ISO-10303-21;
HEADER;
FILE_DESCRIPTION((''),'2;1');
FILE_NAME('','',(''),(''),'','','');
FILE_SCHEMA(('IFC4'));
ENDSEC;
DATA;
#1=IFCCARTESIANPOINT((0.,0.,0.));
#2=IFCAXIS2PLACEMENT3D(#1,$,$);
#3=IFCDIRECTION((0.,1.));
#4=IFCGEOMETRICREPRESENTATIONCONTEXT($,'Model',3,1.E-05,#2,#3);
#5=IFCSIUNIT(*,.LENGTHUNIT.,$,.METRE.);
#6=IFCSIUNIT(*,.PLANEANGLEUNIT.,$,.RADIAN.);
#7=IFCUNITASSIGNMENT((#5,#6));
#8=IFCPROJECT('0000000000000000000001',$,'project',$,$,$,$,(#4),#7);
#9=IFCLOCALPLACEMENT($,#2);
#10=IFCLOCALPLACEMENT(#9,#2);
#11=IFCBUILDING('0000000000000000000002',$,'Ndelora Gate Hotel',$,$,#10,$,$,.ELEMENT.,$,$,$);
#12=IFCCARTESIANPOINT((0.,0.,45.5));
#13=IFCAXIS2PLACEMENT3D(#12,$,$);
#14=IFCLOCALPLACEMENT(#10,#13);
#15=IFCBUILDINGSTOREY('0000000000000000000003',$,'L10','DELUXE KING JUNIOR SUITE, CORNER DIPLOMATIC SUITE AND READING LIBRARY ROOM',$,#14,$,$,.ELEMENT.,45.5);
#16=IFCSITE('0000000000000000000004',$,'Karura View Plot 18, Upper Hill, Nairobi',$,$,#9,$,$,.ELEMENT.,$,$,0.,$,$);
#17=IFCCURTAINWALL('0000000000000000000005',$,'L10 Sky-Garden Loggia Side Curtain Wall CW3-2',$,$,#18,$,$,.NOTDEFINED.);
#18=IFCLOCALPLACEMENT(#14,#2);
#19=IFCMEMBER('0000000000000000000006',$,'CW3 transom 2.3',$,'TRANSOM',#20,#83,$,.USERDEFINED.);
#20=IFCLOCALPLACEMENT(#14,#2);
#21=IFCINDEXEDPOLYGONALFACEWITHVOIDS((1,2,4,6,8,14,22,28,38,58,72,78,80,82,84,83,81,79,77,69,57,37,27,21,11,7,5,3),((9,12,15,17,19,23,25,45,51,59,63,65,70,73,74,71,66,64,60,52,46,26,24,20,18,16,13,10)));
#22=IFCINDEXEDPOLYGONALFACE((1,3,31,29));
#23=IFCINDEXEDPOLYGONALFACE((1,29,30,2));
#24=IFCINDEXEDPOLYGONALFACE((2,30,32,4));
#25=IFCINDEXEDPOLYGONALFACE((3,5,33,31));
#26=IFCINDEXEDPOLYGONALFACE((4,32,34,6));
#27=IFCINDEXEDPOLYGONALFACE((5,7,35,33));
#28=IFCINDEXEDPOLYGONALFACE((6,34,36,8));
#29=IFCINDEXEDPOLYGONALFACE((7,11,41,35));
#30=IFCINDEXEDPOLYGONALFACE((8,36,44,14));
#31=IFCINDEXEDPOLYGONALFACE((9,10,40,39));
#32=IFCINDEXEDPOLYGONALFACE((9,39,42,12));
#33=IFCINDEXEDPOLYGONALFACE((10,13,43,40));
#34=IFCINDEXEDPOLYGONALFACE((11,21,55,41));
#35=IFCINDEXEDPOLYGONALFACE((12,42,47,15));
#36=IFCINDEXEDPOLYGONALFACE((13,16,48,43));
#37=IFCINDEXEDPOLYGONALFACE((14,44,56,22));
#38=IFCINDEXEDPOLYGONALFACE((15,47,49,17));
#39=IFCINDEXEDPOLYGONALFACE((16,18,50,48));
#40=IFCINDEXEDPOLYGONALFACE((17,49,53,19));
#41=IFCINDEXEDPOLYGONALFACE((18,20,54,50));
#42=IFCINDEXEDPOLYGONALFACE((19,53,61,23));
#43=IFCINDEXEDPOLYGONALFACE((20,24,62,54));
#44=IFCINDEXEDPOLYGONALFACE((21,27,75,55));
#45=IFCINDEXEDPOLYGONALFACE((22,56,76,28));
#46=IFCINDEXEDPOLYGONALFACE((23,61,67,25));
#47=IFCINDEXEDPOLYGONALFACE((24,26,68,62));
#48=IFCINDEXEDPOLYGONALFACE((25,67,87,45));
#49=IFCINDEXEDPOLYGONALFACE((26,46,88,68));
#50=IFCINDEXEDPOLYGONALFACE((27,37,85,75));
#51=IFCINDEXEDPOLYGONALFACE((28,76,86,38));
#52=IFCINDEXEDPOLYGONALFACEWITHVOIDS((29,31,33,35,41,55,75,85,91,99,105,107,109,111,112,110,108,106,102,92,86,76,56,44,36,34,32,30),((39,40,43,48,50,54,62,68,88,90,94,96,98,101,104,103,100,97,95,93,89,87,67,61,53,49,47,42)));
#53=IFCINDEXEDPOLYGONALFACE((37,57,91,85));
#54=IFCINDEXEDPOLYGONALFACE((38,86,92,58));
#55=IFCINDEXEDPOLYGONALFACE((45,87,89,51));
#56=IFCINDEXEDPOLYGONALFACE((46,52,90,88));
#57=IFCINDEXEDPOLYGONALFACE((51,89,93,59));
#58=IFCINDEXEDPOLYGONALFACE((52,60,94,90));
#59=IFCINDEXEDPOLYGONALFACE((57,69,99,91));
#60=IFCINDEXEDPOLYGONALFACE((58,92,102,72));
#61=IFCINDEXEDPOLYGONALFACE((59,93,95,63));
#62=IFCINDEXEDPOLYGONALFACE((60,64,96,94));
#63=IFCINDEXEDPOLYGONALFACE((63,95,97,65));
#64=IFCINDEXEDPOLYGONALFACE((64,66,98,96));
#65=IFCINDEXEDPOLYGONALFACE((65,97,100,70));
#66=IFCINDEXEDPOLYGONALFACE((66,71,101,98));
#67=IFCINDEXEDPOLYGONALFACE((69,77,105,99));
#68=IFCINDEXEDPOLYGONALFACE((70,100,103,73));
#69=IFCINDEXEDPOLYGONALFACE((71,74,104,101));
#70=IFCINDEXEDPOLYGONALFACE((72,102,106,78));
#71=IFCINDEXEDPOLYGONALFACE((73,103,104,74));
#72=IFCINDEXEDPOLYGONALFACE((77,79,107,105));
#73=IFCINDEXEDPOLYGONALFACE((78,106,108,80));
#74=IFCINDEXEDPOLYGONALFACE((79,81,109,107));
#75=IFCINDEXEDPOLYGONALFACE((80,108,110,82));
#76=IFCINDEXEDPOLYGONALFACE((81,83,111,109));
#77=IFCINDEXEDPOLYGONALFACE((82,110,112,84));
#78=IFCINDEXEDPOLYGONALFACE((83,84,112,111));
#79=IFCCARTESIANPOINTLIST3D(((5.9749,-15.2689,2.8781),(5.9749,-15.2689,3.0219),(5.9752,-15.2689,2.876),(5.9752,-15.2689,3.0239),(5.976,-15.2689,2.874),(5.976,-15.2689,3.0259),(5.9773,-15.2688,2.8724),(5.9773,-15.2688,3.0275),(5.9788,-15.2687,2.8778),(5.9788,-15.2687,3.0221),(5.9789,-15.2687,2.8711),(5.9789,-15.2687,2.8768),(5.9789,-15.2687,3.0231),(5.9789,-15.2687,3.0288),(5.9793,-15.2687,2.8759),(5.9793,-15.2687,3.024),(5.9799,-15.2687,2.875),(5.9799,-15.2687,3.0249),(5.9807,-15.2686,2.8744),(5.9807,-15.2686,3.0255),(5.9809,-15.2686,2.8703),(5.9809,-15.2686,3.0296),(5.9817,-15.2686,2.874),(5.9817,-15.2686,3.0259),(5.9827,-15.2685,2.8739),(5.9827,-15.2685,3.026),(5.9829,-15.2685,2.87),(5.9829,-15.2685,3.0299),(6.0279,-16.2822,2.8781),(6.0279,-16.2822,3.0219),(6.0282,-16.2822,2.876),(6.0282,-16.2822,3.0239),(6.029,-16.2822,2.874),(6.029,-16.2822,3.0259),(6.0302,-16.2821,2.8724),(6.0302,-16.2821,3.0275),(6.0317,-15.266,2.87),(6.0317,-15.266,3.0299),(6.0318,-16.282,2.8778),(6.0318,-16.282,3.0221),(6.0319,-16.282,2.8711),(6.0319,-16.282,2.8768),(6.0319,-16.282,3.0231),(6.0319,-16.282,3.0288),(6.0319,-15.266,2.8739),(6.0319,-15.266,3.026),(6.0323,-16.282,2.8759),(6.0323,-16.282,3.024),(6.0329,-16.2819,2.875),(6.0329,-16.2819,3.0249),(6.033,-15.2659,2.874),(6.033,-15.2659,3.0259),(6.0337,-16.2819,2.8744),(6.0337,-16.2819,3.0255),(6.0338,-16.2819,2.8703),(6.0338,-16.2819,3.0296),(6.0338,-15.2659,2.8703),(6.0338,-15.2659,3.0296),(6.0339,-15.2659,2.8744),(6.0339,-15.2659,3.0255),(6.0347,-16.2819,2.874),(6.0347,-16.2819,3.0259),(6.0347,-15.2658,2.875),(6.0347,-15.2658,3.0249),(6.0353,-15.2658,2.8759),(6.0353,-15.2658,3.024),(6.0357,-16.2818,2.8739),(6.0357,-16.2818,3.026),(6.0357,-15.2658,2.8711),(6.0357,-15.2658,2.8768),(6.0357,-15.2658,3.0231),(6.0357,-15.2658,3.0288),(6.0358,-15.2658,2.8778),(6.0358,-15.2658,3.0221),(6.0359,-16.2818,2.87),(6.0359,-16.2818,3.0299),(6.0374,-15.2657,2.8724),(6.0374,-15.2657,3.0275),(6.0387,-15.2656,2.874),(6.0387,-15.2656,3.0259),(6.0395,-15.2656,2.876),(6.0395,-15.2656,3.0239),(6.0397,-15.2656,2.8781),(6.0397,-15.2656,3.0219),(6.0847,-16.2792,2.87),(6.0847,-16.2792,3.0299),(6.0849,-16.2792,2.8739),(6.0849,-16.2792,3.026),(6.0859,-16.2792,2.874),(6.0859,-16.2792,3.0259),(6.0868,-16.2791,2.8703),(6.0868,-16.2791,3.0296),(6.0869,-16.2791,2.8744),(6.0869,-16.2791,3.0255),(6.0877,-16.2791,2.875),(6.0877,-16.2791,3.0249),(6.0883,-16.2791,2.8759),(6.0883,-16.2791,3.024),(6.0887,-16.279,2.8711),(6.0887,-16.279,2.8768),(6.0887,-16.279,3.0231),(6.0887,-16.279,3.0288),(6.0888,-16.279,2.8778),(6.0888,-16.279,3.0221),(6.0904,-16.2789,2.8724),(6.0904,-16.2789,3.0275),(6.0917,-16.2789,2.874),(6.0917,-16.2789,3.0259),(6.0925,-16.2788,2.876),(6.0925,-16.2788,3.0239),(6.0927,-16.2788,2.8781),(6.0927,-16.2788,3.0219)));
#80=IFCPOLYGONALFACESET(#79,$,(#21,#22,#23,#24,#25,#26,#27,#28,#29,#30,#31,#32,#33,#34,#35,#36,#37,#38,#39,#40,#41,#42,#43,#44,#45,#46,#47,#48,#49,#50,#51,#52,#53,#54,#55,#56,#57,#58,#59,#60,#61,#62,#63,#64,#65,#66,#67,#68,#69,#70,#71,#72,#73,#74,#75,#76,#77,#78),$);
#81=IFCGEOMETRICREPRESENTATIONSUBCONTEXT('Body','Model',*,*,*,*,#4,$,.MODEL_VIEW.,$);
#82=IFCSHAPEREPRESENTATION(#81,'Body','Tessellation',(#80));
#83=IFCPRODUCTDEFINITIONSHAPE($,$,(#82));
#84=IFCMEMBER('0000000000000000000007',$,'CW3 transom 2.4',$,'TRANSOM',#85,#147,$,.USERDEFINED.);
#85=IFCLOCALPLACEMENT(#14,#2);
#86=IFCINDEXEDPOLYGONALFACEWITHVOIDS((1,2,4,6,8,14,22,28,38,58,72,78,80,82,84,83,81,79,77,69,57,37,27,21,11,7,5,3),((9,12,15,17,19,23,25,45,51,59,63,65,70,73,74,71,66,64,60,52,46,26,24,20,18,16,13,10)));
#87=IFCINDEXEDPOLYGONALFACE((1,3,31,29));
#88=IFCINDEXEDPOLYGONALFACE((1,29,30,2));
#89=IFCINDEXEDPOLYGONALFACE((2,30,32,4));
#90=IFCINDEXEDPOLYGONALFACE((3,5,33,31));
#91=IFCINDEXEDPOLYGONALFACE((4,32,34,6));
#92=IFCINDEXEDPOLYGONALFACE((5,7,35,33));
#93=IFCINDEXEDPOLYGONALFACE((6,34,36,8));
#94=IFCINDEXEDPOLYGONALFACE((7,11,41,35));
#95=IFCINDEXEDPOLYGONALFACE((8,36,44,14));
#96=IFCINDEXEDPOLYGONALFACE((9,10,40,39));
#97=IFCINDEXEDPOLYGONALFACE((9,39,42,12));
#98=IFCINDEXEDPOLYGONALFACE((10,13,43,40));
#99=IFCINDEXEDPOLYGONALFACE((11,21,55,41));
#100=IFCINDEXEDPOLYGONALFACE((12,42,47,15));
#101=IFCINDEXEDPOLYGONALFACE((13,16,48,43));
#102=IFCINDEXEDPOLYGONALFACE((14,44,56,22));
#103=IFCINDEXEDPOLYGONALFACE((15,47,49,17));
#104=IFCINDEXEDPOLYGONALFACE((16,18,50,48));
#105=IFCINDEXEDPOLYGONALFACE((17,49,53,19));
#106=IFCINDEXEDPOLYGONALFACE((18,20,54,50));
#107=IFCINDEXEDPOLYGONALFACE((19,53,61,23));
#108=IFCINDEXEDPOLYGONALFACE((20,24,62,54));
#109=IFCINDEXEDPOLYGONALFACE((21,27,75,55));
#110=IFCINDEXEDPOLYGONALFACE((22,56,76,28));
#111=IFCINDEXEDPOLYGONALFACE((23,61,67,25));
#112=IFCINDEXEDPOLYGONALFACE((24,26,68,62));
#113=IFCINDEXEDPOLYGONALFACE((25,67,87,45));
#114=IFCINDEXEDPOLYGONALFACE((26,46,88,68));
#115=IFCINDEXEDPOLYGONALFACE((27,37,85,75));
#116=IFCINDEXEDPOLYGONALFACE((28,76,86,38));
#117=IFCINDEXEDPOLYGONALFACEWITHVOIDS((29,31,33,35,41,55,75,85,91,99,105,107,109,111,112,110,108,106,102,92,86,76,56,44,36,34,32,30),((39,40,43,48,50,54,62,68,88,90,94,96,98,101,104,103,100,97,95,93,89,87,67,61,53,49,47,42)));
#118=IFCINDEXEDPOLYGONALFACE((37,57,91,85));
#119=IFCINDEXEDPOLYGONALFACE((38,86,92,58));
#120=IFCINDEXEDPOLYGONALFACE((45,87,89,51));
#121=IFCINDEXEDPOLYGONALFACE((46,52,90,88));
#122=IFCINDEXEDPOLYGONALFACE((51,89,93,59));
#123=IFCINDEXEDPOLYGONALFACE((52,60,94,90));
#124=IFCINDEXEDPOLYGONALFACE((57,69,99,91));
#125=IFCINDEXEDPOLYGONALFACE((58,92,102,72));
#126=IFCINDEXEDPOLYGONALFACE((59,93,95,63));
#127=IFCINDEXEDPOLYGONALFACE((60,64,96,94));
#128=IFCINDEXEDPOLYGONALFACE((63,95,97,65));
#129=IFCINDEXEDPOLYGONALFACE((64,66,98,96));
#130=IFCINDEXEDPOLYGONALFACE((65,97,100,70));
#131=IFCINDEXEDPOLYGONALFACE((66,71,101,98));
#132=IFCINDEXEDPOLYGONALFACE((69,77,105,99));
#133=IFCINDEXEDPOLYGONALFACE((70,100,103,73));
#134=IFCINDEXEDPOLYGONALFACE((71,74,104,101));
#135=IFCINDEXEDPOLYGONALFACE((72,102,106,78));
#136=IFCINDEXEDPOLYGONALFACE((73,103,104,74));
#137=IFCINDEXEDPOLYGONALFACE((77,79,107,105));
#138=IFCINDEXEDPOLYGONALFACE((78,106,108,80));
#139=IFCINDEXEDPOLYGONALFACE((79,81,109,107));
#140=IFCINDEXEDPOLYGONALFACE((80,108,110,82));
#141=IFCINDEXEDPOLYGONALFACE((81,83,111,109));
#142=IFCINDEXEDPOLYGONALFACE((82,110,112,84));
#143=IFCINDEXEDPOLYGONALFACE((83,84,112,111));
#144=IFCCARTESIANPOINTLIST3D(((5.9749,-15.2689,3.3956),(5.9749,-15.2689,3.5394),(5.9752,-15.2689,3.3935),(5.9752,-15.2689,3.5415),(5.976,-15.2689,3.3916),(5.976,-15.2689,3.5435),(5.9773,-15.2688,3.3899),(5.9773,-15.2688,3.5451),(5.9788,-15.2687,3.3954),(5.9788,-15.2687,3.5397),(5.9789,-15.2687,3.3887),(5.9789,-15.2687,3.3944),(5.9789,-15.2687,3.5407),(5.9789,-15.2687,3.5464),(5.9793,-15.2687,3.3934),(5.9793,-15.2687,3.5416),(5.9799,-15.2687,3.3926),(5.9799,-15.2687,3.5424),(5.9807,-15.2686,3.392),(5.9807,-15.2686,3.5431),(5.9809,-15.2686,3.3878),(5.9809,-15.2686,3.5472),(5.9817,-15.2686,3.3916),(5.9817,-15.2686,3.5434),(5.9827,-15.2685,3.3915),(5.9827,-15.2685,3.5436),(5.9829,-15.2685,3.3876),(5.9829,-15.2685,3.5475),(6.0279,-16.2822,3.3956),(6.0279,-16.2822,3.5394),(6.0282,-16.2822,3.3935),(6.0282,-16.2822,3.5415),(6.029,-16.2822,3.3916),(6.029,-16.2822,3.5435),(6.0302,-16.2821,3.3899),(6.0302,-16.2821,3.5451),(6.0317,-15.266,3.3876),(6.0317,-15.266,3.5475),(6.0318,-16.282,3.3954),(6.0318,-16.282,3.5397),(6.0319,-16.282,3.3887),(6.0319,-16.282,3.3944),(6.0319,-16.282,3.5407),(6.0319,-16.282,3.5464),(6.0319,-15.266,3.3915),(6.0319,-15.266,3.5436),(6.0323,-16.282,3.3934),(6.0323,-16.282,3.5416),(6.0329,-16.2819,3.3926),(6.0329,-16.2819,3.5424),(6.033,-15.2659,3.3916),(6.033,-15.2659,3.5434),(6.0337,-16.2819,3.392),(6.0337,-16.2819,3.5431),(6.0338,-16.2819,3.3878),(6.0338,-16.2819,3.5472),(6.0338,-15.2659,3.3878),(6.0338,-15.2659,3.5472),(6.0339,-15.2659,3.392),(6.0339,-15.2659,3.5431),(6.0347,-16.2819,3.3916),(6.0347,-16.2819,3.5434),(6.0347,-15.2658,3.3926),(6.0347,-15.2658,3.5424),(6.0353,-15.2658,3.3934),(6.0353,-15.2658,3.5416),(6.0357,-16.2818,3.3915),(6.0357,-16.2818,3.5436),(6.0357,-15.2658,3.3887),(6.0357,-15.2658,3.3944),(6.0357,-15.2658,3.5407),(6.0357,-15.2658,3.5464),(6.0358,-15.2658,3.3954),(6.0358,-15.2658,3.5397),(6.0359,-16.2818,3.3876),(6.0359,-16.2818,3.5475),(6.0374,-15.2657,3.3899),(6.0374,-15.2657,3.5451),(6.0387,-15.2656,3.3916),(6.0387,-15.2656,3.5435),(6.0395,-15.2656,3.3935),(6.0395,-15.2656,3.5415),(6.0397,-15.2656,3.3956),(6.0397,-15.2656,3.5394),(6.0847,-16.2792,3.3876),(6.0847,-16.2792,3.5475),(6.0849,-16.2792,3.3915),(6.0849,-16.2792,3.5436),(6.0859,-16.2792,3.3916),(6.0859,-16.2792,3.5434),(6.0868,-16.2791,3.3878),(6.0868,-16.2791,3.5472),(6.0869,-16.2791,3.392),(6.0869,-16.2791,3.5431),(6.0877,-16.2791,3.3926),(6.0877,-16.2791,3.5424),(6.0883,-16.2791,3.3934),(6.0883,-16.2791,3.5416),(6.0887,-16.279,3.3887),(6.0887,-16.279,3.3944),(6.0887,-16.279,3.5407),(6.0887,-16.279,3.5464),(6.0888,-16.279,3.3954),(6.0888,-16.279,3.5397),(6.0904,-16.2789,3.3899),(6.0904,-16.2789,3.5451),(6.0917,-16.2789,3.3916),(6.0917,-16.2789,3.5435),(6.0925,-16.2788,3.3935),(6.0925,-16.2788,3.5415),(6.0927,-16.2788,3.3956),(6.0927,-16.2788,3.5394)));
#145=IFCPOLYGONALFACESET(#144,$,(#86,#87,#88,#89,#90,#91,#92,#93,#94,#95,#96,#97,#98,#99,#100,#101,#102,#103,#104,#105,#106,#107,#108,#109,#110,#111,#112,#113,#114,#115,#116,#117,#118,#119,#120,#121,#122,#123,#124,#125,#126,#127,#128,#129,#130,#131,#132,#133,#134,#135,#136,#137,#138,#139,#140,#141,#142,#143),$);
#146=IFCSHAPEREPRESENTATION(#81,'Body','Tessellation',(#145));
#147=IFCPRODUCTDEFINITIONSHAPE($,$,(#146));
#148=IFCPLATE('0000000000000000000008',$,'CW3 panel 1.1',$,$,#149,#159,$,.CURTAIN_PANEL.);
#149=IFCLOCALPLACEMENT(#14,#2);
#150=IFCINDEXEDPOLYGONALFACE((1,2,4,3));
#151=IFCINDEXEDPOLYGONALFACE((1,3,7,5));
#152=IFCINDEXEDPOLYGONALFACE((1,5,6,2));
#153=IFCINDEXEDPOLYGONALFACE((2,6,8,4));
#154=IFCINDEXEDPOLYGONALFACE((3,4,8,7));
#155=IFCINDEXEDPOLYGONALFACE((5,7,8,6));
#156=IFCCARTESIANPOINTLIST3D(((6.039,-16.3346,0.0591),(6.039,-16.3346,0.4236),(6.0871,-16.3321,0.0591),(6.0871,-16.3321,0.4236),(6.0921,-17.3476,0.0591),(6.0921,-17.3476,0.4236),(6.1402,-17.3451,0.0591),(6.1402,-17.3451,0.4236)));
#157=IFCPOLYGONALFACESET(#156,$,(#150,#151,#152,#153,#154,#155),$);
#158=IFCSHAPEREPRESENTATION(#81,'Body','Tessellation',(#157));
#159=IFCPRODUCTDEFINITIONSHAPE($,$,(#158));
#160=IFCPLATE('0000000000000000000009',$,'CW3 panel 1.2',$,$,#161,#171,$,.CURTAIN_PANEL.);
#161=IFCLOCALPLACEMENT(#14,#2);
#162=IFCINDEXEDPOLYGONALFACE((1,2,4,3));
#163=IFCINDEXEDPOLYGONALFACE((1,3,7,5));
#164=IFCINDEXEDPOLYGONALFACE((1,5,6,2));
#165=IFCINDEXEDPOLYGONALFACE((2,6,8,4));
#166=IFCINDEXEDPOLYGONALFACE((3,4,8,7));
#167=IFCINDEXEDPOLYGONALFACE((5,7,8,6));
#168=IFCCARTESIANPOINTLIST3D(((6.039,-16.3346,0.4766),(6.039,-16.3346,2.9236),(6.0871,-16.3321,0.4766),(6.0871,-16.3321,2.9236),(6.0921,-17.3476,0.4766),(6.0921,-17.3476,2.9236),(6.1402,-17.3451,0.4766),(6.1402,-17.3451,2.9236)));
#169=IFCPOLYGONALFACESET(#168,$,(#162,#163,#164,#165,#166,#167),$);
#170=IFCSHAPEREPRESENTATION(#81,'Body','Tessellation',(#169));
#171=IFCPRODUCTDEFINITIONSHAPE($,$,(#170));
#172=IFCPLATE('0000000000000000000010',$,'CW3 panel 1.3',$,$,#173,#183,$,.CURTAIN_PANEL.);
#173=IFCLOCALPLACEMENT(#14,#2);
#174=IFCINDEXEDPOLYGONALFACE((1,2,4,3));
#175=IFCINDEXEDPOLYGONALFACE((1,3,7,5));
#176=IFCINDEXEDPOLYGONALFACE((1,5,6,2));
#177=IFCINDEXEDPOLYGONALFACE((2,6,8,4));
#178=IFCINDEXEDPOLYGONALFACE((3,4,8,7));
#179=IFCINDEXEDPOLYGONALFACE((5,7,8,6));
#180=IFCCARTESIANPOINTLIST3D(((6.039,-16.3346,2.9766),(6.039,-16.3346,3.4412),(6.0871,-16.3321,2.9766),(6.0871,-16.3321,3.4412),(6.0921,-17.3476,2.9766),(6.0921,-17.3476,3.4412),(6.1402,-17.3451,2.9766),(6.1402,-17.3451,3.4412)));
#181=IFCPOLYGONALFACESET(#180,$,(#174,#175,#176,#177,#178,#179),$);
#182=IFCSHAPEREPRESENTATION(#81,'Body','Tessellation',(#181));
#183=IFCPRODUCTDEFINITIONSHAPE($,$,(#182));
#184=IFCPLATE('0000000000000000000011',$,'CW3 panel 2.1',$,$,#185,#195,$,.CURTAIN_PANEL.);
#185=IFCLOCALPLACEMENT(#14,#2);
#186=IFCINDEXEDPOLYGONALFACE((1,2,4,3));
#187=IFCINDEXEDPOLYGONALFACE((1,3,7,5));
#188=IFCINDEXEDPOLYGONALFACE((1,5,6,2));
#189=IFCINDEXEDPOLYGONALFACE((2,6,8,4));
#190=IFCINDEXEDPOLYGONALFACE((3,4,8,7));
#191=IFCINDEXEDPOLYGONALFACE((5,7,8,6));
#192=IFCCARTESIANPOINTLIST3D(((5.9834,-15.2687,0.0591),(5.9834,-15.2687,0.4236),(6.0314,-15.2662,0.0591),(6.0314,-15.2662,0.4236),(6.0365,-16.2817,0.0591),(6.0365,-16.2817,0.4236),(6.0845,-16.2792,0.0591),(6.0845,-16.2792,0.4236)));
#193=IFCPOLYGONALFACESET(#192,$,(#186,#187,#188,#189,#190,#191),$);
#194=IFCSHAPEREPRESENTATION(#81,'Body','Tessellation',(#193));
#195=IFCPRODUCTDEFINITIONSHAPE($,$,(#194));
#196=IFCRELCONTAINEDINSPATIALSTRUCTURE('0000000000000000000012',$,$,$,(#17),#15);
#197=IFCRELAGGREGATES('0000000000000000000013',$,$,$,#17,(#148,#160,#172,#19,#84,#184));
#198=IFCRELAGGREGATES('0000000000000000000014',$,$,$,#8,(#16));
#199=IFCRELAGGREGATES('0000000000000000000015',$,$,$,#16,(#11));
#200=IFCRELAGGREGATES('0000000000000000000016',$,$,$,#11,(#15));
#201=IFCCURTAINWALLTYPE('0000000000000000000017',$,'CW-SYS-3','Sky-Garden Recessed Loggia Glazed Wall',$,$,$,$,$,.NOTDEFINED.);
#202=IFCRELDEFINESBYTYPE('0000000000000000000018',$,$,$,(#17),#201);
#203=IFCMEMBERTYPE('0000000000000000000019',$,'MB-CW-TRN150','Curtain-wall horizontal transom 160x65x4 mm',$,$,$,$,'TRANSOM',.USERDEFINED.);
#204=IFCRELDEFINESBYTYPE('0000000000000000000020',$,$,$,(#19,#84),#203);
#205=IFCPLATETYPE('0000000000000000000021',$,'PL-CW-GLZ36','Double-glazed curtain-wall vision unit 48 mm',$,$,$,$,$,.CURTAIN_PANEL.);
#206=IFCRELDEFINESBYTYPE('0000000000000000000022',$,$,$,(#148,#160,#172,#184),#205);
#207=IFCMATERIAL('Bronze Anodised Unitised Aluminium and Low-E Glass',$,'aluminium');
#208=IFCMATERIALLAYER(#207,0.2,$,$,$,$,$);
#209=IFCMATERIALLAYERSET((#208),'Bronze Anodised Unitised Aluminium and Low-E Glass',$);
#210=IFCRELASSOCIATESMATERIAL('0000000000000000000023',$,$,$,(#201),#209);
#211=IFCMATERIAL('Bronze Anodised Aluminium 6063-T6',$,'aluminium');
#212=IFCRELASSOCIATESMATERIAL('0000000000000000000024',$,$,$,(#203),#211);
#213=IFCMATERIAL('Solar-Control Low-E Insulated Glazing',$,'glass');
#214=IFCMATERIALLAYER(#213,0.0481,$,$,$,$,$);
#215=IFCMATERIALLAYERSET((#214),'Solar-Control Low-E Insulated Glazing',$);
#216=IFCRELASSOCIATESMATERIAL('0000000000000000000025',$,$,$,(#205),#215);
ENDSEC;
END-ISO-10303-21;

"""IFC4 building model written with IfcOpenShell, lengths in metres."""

from ifc_helpers import new_model, si_unit, direction, frame, origin, origin_2d, place, context, subcontext, project, spatial, rectangle, hollow_rectangle, extrude, material, layer, layer_set, material_profile, profile_set, type_object, element, aggregate, save


model = new_model("IFC4")

# Units and contexts
model_context = context("Model", 3, precision=1e-05, world=origin(), true_north=direction((0.0, 1.0)))
body_context = subcontext(model_context, "Body", "Model", "MODEL_VIEW")
ifc_project = project(units=[si_unit("LENGTHUNIT", "METRE"), si_unit("PLANEANGLEUNIT", "RADIAN")], contexts=[model_context])

# Site, building, storey
site_placement = place(None, origin())
site = spatial("IfcSite", under=ifc_project, at=site_placement, Name="Karura View Plot 18, Upper Hill, Nairobi", CompositionType="ELEMENT", RefElevation=0.0)
building_placement = place(site_placement, origin())
building = spatial("IfcBuilding", under=site, at=building_placement, Name="Ndelora Gate Hotel", CompositionType="ELEMENT")
storey_placement = place(building_placement, frame((0.0, 0.0, 45.5)))
storey = spatial("IfcBuildingStorey", under=building, at=storey_placement, Name="L10", Description="DELUXE KING JUNIOR SUITE, CORNER DIPLOMATIC SUITE AND READING LIBRARY ROOM", CompositionType="ELEMENT", Elevation=45.5)

# Curtain wall, members, plates
ifc_material_1 = material(Name="Bronze Anodised Unitised Aluminium and Low-E Glass", Category="aluminium")
ifc_layer_1 = layer(ifc_material_1, 0.2)
ifc_layer_set_1 = layer_set([ifc_layer_1], Name="Bronze Anodised Unitised Aluminium and Low-E Glass")
curtain_wall_type = type_object("IfcCurtainWallType", Name="CW-SYS-3", Description="Sky-Garden Recessed Loggia Glazed Wall", PredefinedType="NOTDEFINED", material=ifc_layer_set_1)
curtain_wall_placement = place(storey_placement, origin())
curtain_wall = element("IfcCurtainWall", 1, at=curtain_wall_placement, inside=storey, type_object=curtain_wall_type, Name="L10 Sky-Garden Loggia Side Curtain Wall CW3-2", PredefinedType="NOTDEFINED")
ifc_material_2 = material(Name="Bronze Anodised Aluminium 6063-T6", Category="aluminium")
ifc_material_profile_1 = material_profile(ifc_material_2, hollow_rectangle(XDim=0.0649, YDim=0.1599, WallThickness=0.0039, InnerFilletRadius=0.0039, OuterFilletRadius=0.0081, at=origin_2d()), Name="ALU 160x65x4")
ifc_profile_set_1 = profile_set([ifc_material_profile_1], Name="Bronze Anodised Aluminium 6063-T6")
member_type_1 = type_object("IfcMemberType", Name="MB-CW-TRN150", Description="Curtain-wall horizontal transom 160x65x4 mm", ElementType="TRANSOM", PredefinedType="USERDEFINED", material=ifc_profile_set_1)
member_1_placement = place(storey_placement, frame((6.0603, -16.2805, 2.95), z_axis=(-0.052218, 0.998636, 0.0), x_axis=(-0.998636, -0.052218, 0.0)))
member_1 = element("IfcMember", 2, at=member_1_placement, type_object=member_type_1, Name="CW3 transom 2.3", ObjectType="TRANSOM", PredefinedType="USERDEFINED", context=body_context, shape_type="SweptSolid", body=[
    extrude(hollow_rectangle(XDim=0.0649, YDim=0.1599, WallThickness=0.0039, InnerFilletRadius=0.0039, OuterFilletRadius=0.0081, at=origin_2d()), origin(), (0.0, 0.0, 1.0), 1.0146),
])
member_2_placement = place(storey_placement, frame((6.0603, -16.2805, 3.4675), z_axis=(-0.052218, 0.998636, 0.0), x_axis=(-0.998636, -0.052218, 0.0)))
member_2 = element("IfcMember", 3, at=member_2_placement, type_object=member_type_1, Name="CW3 transom 2.4", ObjectType="TRANSOM", PredefinedType="USERDEFINED", context=body_context, shape_type="SweptSolid", body=[
    extrude(hollow_rectangle(XDim=0.0649, YDim=0.1599, WallThickness=0.0039, InnerFilletRadius=0.0039, OuterFilletRadius=0.0081, at=origin_2d()), origin(), (0.0, 0.0, 1.0), 1.0146),
])
ifc_material_3 = material(Name="Solar-Control Low-E Insulated Glazing", Category="glass")
ifc_layer_2 = layer(ifc_material_3, 0.0481)
ifc_layer_set_2 = layer_set([ifc_layer_2], Name="Solar-Control Low-E Insulated Glazing")
plate_type = type_object("IfcPlateType", Name="PL-CW-GLZ36", Description="Double-glazed curtain-wall vision unit 48 mm", PredefinedType="CURTAIN_PANEL", material=ifc_layer_set_2)
plate_1_placement = place(storey_placement, frame((6.0896, -16.8398, 0.0591), z_axis=(0.0, 0.0, 1.0), x_axis=(-0.052318, 0.99863, 0.0)))
plate_1 = element("IfcPlate", 4, at=plate_1_placement, type_object=plate_type, Name="CW3 panel 1.1", PredefinedType="CURTAIN_PANEL", context=body_context, shape_type="SweptSolid", body=[
    extrude(rectangle(XDim=1.0144, YDim=0.0481, at=origin_2d()), origin(), (0.0, 0.0, 1.0), 0.3645),
])
plate_2_placement = place(storey_placement, frame((6.0896, -16.8398, 0.4766), z_axis=(0.0, 0.0, 1.0), x_axis=(-0.052318, 0.99863, 0.0)))
plate_2 = element("IfcPlate", 5, at=plate_2_placement, type_object=plate_type, Name="CW3 panel 1.2", PredefinedType="CURTAIN_PANEL", context=body_context, shape_type="SweptSolid", body=[
    extrude(rectangle(XDim=1.0144, YDim=0.0481, at=origin_2d()), origin(), (0.0, 0.0, 1.0), 2.447),
])
plate_3_placement = place(storey_placement, frame((6.0896, -16.8398, 2.9766), z_axis=(0.0, 0.0, 1.0), x_axis=(-0.052318, 0.99863, 0.0)))
plate_3 = element("IfcPlate", 6, at=plate_3_placement, type_object=plate_type, Name="CW3 panel 1.3", PredefinedType="CURTAIN_PANEL", context=body_context, shape_type="SweptSolid", body=[
    extrude(rectangle(XDim=1.0144, YDim=0.0481, at=origin_2d()), origin(), (0.0, 0.0, 1.0), 0.4646),
])
plate_4_placement = place(storey_placement, frame((6.0339, -15.7739, 0.0591), z_axis=(0.0, 0.0, 1.0), x_axis=(-0.052318, 0.99863, 0.0)))
plate_4 = element("IfcPlate", 7, at=plate_4_placement, type_object=plate_type, Name="CW3 panel 2.1", PredefinedType="CURTAIN_PANEL", context=body_context, shape_type="SweptSolid", body=[
    extrude(rectangle(XDim=1.0144, YDim=0.0481, at=origin_2d()), origin(), (0.0, 0.0, 1.0), 0.3645),
])
aggregate(curtain_wall, [plate_1, plate_2, plate_3, member_1, member_2, plate_4])

save(model, "model.ifc")
